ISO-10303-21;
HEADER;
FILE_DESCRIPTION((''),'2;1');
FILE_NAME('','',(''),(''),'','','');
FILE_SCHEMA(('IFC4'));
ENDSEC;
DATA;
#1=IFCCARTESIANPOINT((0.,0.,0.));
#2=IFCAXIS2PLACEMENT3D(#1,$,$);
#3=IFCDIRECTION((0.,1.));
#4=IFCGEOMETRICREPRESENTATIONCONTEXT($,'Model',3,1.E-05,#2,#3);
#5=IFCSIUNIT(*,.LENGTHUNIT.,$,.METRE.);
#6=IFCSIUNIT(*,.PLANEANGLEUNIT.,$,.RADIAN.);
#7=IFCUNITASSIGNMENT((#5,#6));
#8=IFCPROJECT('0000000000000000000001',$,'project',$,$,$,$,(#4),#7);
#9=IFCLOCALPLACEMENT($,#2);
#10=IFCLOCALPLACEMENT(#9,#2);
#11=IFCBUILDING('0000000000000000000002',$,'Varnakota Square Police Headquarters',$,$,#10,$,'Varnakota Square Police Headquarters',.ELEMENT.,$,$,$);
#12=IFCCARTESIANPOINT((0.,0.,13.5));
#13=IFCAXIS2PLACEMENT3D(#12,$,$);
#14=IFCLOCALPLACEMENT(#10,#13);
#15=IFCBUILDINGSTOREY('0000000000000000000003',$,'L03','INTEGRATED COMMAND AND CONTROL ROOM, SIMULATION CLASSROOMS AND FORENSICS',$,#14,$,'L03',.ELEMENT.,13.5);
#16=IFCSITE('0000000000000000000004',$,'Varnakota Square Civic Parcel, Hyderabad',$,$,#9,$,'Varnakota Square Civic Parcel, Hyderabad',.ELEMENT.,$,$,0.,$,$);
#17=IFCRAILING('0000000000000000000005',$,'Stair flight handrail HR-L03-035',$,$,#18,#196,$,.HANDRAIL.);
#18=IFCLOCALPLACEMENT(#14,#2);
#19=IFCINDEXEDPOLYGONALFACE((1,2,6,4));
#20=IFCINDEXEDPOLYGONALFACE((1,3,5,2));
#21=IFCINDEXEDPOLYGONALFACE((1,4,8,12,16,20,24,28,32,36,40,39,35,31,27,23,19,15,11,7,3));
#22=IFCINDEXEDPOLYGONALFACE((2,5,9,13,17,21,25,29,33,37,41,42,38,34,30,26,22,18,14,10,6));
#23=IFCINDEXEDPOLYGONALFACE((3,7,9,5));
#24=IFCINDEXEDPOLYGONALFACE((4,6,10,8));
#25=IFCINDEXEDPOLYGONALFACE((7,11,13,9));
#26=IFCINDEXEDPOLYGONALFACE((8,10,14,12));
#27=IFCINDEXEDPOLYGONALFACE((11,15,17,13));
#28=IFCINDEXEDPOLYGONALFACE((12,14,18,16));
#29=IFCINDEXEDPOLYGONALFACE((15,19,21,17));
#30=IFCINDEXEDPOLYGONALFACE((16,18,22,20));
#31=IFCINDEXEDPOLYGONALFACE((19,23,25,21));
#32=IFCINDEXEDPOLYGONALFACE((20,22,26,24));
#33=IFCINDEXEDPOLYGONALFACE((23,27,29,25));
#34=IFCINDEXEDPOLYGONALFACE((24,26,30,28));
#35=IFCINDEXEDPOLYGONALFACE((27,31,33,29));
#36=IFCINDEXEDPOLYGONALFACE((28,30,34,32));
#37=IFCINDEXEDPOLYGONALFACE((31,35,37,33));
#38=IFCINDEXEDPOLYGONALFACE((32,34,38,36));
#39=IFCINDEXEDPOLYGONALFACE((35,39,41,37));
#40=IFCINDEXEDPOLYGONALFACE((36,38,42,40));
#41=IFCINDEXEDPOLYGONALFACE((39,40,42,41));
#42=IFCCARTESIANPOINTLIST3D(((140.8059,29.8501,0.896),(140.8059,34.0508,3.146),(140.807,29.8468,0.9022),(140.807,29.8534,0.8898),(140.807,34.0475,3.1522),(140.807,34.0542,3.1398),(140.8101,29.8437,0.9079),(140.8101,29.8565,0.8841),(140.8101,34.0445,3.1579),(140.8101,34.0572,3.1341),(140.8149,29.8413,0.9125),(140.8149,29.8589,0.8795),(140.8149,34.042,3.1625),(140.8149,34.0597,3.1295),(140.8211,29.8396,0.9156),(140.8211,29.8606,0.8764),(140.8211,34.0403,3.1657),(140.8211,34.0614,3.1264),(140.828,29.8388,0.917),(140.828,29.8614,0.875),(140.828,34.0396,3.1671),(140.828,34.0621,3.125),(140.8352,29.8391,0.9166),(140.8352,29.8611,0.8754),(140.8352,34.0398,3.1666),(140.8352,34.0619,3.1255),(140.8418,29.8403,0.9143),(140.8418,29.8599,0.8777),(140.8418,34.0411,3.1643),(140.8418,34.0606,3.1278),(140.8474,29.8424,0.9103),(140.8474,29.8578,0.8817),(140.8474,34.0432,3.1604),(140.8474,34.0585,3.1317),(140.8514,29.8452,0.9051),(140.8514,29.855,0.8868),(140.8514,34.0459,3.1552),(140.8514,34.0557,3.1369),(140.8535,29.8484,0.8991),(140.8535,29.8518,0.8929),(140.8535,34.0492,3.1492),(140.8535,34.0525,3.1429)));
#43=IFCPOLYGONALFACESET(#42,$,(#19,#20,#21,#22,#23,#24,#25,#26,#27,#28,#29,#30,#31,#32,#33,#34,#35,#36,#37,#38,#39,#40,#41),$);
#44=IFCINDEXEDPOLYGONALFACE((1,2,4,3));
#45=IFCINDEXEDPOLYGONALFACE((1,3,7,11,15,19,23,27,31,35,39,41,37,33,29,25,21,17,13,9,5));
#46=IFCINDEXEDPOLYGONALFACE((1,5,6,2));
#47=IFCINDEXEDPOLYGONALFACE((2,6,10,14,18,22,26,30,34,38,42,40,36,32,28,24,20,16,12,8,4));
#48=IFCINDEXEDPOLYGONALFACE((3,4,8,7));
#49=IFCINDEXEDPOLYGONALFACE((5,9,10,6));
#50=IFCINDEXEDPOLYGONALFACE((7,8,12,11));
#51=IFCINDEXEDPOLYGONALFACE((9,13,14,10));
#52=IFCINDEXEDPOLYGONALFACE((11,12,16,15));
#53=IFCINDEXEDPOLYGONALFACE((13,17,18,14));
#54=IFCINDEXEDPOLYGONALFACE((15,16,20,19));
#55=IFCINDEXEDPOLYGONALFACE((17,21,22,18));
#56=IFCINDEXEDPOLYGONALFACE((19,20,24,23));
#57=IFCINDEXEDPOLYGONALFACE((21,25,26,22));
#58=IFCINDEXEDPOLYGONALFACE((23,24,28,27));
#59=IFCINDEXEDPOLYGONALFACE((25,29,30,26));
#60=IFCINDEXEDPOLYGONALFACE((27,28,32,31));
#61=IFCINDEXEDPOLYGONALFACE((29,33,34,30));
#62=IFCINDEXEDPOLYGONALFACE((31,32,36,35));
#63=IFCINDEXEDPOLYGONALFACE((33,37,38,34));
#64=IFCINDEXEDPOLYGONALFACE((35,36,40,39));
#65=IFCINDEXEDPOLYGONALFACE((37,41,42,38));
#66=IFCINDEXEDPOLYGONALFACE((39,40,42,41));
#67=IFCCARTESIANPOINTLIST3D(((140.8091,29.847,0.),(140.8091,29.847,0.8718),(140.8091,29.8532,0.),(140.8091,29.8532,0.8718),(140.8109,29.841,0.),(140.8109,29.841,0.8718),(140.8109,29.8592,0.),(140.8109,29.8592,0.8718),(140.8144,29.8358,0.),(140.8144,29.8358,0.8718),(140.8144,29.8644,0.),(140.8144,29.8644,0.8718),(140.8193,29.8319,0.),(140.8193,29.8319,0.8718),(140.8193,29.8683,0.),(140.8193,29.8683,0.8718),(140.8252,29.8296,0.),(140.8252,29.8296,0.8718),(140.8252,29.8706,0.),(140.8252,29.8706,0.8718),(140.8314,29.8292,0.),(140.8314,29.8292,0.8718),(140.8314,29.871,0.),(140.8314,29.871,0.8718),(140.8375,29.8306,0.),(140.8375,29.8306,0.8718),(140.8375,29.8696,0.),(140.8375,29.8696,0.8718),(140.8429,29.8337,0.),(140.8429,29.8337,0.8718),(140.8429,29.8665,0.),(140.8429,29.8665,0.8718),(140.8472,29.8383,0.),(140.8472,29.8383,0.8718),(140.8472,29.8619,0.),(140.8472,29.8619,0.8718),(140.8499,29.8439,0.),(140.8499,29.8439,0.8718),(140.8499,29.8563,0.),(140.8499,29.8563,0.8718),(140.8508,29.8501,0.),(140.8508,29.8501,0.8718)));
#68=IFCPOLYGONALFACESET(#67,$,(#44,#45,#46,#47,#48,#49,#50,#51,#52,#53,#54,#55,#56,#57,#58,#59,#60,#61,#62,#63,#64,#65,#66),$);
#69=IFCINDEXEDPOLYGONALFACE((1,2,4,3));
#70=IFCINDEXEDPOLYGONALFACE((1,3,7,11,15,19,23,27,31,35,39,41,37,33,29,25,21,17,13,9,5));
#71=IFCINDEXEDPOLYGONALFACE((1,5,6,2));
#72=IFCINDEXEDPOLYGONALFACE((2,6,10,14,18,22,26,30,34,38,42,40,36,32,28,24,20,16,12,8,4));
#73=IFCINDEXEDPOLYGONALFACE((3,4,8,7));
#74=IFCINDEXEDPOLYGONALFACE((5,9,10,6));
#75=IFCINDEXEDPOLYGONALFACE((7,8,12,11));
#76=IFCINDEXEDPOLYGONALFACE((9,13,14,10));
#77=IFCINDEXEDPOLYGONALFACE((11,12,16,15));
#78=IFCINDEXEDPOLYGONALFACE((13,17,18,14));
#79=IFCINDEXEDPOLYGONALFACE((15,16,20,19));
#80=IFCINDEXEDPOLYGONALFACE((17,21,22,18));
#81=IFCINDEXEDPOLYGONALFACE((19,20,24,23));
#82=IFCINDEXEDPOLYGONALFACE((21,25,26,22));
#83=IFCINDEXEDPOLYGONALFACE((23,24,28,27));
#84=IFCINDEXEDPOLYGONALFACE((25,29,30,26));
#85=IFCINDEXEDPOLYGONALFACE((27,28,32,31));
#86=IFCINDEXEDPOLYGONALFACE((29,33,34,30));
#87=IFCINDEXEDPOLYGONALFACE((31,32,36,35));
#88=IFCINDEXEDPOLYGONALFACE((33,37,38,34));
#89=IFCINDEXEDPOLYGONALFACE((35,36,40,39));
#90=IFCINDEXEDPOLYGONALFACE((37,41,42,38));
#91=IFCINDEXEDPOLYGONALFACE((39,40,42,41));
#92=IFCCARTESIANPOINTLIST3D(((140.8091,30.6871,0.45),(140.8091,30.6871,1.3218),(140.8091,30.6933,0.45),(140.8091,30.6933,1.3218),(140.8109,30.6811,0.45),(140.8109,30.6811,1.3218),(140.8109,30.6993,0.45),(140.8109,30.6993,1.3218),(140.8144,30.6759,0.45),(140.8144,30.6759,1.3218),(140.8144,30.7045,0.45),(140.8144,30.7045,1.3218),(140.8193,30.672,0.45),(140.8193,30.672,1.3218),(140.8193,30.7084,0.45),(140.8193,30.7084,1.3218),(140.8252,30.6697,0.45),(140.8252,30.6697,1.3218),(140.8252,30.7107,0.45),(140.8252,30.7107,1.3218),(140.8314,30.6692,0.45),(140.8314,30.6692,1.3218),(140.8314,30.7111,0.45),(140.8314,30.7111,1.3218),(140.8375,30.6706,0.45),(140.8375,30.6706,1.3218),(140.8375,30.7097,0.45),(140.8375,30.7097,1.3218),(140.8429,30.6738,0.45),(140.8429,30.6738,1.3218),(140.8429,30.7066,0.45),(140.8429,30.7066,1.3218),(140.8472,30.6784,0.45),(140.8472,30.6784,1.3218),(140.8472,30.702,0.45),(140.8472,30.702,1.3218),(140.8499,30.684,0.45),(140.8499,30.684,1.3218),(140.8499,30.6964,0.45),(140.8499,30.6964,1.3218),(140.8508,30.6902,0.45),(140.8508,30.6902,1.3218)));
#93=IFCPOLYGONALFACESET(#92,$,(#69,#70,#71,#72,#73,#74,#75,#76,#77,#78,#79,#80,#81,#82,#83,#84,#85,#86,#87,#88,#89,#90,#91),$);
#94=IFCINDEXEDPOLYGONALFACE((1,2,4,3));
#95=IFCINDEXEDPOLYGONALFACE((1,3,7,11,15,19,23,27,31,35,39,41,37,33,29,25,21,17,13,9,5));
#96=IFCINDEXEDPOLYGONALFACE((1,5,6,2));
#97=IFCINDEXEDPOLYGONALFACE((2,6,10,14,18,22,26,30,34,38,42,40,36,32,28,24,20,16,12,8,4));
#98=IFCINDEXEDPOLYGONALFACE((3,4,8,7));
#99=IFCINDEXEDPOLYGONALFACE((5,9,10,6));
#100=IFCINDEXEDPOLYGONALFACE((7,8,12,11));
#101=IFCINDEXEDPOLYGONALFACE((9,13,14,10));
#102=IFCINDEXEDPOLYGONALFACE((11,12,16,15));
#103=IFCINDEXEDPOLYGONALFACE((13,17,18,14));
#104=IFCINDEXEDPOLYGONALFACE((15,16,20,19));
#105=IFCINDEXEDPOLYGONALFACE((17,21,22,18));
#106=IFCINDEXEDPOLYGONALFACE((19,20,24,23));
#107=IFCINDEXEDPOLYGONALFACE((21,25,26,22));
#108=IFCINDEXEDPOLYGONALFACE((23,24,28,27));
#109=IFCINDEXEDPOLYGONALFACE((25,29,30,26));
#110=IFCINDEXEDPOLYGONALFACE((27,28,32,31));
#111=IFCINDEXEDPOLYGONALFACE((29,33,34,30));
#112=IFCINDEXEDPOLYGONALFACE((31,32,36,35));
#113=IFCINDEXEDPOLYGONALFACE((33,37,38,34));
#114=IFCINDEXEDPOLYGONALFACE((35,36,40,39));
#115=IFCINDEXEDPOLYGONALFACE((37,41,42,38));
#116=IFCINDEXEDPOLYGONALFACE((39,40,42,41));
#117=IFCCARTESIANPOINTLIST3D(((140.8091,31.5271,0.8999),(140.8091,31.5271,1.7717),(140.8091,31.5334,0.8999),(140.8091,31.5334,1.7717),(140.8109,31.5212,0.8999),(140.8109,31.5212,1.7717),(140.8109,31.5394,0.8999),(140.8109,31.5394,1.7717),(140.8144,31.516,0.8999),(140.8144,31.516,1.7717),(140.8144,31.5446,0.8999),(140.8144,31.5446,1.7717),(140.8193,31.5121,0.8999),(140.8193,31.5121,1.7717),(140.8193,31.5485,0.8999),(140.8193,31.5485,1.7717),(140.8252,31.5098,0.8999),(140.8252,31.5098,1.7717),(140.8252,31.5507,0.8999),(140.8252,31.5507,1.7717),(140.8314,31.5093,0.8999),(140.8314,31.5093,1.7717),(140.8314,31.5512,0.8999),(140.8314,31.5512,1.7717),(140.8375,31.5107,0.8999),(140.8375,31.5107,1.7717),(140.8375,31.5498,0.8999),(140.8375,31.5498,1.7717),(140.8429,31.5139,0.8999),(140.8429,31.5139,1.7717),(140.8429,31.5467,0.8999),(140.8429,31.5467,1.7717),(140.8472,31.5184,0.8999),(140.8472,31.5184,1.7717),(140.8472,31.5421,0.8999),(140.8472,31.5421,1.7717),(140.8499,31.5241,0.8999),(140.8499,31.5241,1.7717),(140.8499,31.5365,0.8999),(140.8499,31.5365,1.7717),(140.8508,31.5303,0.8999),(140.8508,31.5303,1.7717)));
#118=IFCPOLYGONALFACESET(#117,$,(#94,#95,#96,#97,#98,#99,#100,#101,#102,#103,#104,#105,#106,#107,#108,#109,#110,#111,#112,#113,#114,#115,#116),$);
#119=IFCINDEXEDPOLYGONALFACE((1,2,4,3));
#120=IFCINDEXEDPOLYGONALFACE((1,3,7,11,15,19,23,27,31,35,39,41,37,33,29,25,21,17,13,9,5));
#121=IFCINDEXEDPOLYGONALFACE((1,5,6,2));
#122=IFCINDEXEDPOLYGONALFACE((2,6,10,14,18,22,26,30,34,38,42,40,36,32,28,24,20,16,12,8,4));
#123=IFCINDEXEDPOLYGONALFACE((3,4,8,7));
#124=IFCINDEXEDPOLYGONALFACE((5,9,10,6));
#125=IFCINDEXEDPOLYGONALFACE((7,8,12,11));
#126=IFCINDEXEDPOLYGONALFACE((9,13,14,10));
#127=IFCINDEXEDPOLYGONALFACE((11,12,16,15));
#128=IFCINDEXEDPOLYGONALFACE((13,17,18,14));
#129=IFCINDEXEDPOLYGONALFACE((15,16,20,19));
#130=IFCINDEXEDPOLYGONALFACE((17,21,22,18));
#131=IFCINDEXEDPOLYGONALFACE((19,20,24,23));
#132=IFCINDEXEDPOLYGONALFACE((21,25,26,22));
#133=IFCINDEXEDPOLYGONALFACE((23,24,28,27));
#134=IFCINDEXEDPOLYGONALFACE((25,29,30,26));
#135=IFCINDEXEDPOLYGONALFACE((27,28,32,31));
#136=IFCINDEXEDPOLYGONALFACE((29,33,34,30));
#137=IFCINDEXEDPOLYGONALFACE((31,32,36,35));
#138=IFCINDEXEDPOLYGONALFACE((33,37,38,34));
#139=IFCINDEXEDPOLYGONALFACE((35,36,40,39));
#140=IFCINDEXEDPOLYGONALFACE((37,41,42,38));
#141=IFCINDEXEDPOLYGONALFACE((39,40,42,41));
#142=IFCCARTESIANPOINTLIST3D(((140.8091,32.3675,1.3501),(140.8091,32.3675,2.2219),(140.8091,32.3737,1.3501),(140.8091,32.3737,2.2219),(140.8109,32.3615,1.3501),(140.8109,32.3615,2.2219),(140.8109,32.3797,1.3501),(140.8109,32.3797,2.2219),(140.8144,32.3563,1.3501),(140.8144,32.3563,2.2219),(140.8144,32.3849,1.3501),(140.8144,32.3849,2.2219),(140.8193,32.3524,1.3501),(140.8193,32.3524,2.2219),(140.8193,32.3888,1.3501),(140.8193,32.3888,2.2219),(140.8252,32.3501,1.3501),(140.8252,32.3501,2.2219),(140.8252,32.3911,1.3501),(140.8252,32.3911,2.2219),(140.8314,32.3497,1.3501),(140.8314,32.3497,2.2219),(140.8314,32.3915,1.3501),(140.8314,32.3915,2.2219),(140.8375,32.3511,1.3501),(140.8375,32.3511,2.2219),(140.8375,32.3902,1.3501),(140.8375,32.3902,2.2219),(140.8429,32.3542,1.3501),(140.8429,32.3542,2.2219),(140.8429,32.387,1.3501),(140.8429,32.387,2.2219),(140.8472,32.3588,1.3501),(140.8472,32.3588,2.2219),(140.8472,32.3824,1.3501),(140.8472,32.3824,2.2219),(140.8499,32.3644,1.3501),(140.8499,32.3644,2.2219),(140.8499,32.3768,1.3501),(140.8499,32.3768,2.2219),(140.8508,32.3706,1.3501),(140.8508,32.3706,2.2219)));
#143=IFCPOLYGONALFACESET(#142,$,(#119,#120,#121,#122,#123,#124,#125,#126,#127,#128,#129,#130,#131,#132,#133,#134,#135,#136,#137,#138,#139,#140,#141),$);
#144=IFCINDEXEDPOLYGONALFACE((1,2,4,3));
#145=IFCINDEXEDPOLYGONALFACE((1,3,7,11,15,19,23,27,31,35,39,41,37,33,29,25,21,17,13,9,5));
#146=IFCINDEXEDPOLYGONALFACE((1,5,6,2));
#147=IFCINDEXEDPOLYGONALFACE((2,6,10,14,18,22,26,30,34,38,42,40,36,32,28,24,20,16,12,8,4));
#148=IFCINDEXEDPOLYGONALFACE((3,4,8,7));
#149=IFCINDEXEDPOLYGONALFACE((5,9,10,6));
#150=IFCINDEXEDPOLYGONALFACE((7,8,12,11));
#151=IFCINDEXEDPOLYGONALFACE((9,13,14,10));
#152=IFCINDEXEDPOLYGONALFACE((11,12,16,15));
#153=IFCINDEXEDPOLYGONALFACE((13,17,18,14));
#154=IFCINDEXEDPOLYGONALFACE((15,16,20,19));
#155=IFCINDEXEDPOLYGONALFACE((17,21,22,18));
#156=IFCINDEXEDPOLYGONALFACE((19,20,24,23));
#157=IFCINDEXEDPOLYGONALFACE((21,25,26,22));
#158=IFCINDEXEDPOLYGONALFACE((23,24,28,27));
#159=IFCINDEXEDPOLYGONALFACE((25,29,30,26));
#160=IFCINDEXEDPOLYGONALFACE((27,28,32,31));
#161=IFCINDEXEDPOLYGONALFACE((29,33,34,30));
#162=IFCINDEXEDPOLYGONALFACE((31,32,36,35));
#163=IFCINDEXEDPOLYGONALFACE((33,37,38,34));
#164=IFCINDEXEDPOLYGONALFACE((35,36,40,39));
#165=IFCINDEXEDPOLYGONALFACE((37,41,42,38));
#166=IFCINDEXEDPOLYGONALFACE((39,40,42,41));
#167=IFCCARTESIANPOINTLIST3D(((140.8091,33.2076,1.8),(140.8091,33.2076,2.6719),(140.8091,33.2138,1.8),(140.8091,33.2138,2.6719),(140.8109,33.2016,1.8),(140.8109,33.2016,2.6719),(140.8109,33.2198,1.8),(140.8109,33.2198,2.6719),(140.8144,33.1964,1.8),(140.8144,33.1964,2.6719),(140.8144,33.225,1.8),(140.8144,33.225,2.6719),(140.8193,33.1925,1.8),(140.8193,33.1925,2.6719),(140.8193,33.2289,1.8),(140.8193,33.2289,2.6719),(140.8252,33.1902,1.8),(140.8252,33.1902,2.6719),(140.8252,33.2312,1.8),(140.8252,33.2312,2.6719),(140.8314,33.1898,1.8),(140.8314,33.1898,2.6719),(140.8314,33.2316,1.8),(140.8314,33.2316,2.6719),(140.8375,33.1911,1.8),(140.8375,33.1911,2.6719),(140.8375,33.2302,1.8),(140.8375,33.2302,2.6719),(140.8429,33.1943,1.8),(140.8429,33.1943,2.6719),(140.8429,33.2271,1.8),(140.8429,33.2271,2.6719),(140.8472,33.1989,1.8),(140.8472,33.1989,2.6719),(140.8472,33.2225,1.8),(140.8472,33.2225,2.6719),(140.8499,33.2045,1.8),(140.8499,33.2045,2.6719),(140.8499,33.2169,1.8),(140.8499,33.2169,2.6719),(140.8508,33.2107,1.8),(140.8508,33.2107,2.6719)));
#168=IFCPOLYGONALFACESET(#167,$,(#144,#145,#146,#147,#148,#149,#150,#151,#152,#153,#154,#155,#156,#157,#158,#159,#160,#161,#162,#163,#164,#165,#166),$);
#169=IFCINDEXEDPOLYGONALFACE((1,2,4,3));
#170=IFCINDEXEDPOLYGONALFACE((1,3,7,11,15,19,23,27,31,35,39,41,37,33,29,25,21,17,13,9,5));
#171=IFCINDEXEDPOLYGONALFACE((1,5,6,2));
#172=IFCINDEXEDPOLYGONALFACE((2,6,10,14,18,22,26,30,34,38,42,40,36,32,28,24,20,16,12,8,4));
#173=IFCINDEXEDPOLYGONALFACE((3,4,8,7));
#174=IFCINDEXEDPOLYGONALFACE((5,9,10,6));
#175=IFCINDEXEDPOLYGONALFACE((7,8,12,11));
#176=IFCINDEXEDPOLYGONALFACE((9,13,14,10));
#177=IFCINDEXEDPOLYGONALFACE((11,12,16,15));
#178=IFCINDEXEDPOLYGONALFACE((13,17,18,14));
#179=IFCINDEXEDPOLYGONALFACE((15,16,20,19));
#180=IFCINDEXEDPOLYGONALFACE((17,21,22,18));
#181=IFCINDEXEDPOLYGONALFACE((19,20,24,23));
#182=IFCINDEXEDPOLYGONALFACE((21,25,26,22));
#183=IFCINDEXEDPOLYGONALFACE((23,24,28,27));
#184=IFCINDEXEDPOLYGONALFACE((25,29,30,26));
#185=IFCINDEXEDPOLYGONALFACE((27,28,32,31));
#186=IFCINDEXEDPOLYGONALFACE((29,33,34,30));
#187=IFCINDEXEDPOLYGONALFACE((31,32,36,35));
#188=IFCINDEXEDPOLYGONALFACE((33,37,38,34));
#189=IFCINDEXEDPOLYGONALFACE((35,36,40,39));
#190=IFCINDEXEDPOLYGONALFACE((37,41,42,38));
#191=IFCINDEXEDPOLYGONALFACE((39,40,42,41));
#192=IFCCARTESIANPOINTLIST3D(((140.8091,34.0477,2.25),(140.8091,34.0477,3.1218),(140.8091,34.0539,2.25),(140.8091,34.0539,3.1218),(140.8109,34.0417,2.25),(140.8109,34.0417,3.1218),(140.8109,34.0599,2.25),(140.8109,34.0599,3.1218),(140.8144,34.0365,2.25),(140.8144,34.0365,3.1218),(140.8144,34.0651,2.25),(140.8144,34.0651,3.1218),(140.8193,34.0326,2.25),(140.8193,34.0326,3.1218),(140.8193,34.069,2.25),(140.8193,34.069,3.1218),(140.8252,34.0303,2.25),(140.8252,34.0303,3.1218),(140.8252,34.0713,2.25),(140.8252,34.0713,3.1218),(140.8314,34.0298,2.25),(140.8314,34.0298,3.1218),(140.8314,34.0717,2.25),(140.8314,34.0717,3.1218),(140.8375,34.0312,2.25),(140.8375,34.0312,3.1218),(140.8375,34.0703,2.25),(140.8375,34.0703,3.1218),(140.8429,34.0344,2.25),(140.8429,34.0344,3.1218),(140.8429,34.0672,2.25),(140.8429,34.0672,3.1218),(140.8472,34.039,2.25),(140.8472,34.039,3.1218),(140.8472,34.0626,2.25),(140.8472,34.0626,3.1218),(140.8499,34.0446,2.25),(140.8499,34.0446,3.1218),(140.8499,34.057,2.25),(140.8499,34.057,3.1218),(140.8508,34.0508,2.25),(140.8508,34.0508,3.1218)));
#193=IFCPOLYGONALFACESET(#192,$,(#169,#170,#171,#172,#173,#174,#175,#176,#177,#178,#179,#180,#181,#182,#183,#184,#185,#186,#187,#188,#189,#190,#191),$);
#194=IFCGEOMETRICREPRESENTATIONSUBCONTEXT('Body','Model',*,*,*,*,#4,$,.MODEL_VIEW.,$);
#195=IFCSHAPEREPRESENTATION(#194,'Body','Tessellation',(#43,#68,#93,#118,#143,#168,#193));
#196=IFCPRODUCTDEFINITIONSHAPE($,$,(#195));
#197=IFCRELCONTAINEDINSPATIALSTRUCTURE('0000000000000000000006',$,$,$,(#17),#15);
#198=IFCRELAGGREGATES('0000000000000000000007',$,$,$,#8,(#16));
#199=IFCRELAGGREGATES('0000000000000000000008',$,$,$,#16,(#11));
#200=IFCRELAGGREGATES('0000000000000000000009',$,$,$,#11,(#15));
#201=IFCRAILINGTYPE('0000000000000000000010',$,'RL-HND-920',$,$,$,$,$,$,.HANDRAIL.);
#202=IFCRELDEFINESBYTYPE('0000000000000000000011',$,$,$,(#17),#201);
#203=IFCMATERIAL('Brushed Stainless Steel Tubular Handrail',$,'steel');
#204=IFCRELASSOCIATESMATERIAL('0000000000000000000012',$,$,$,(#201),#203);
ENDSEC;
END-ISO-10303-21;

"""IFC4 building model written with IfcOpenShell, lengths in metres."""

from ifc_helpers import new_model, si_unit, direction, frame, origin, origin_2d, place, context, subcontext, project, spatial, circle, extrude, material, type_object, element, save


model = new_model("IFC4")

# Units and contexts
model_context = context("Model", 3, precision=1e-05, world=origin(), true_north=direction((0.0, 1.0)))
body_context = subcontext(model_context, "Body", "Model", "MODEL_VIEW")
ifc_project = project(units=[si_unit("LENGTHUNIT", "METRE"), si_unit("PLANEANGLEUNIT", "RADIAN")], contexts=[model_context])

# Site, building, storey
site_placement = place(None, origin())
site = spatial("IfcSite", under=ifc_project, at=site_placement, Name="Varnakota Square Civic Parcel, Hyderabad", LongName="Varnakota Square Civic Parcel, Hyderabad", CompositionType="ELEMENT", RefElevation=0.0)
building_placement = place(site_placement, origin())
building = spatial("IfcBuilding", under=site, at=building_placement, Name="Varnakota Square Police Headquarters", LongName="Varnakota Square Police Headquarters", CompositionType="ELEMENT")
storey_placement = place(building_placement, frame((0.0, 0.0, 13.5)))
storey = spatial("IfcBuildingStorey", under=building, at=storey_placement, Name="L03", Description="INTEGRATED COMMAND AND CONTROL ROOM, SIMULATION CLASSROOMS AND FORENSICS", LongName="L03", CompositionType="ELEMENT", Elevation=13.5)

# Railing
ifc_material_1 = material(Name="Brushed Stainless Steel Tubular Handrail", Category="steel")
railing_type_1 = type_object("IfcRailingType", Name="RL-HND-920", PredefinedType="HANDRAIL", material=ifc_material_1)
railing_1_placement = place(storey_placement, frame((140.8298, 29.8501, 0.0)))
element("IfcRailing", 1, at=railing_1_placement, inside=storey, type_object=railing_type_1, Name="Stair flight handrail HR-L03-035", PredefinedType="HANDRAIL", context=body_context, shape_type="SweptSolid", body=[
    extrude(circle(Radius=0.0239, at=origin_2d()), frame((0.0, 0.0, 0.896), z_axis=(0.0, 0.881512, 0.472162), x_axis=(-1.0, 0.0, 0.0)), (0.0, 0.0, 1.0), 4.7654),
    extrude(circle(Radius=0.021, at=origin_2d()), origin(), (0.0, 0.0, 1.0), 0.8718),
    extrude(circle(Radius=0.021, at=origin_2d()), frame((0.0, 0.8401, 0.45)), (0.0, 0.0, 1.0), 0.8718),
    extrude(circle(Radius=0.021, at=origin_2d()), frame((0.0, 1.6802, 0.8999)), (0.0, 0.0, 1.0), 0.8718),
    extrude(circle(Radius=0.021, at=origin_2d()), frame((0.0, 2.5205, 1.3501)), (0.0, 0.0, 1.0), 0.8718),
    extrude(circle(Radius=0.021, at=origin_2d()), frame((0.0, 3.3606, 1.8)), (0.0, 0.0, 1.0), 0.8718),
    extrude(circle(Radius=0.021, at=origin_2d()), frame((0.0, 4.2007, 2.25)), (0.0, 0.0, 1.0), 0.8718),
])

save(model, "model.ifc")
